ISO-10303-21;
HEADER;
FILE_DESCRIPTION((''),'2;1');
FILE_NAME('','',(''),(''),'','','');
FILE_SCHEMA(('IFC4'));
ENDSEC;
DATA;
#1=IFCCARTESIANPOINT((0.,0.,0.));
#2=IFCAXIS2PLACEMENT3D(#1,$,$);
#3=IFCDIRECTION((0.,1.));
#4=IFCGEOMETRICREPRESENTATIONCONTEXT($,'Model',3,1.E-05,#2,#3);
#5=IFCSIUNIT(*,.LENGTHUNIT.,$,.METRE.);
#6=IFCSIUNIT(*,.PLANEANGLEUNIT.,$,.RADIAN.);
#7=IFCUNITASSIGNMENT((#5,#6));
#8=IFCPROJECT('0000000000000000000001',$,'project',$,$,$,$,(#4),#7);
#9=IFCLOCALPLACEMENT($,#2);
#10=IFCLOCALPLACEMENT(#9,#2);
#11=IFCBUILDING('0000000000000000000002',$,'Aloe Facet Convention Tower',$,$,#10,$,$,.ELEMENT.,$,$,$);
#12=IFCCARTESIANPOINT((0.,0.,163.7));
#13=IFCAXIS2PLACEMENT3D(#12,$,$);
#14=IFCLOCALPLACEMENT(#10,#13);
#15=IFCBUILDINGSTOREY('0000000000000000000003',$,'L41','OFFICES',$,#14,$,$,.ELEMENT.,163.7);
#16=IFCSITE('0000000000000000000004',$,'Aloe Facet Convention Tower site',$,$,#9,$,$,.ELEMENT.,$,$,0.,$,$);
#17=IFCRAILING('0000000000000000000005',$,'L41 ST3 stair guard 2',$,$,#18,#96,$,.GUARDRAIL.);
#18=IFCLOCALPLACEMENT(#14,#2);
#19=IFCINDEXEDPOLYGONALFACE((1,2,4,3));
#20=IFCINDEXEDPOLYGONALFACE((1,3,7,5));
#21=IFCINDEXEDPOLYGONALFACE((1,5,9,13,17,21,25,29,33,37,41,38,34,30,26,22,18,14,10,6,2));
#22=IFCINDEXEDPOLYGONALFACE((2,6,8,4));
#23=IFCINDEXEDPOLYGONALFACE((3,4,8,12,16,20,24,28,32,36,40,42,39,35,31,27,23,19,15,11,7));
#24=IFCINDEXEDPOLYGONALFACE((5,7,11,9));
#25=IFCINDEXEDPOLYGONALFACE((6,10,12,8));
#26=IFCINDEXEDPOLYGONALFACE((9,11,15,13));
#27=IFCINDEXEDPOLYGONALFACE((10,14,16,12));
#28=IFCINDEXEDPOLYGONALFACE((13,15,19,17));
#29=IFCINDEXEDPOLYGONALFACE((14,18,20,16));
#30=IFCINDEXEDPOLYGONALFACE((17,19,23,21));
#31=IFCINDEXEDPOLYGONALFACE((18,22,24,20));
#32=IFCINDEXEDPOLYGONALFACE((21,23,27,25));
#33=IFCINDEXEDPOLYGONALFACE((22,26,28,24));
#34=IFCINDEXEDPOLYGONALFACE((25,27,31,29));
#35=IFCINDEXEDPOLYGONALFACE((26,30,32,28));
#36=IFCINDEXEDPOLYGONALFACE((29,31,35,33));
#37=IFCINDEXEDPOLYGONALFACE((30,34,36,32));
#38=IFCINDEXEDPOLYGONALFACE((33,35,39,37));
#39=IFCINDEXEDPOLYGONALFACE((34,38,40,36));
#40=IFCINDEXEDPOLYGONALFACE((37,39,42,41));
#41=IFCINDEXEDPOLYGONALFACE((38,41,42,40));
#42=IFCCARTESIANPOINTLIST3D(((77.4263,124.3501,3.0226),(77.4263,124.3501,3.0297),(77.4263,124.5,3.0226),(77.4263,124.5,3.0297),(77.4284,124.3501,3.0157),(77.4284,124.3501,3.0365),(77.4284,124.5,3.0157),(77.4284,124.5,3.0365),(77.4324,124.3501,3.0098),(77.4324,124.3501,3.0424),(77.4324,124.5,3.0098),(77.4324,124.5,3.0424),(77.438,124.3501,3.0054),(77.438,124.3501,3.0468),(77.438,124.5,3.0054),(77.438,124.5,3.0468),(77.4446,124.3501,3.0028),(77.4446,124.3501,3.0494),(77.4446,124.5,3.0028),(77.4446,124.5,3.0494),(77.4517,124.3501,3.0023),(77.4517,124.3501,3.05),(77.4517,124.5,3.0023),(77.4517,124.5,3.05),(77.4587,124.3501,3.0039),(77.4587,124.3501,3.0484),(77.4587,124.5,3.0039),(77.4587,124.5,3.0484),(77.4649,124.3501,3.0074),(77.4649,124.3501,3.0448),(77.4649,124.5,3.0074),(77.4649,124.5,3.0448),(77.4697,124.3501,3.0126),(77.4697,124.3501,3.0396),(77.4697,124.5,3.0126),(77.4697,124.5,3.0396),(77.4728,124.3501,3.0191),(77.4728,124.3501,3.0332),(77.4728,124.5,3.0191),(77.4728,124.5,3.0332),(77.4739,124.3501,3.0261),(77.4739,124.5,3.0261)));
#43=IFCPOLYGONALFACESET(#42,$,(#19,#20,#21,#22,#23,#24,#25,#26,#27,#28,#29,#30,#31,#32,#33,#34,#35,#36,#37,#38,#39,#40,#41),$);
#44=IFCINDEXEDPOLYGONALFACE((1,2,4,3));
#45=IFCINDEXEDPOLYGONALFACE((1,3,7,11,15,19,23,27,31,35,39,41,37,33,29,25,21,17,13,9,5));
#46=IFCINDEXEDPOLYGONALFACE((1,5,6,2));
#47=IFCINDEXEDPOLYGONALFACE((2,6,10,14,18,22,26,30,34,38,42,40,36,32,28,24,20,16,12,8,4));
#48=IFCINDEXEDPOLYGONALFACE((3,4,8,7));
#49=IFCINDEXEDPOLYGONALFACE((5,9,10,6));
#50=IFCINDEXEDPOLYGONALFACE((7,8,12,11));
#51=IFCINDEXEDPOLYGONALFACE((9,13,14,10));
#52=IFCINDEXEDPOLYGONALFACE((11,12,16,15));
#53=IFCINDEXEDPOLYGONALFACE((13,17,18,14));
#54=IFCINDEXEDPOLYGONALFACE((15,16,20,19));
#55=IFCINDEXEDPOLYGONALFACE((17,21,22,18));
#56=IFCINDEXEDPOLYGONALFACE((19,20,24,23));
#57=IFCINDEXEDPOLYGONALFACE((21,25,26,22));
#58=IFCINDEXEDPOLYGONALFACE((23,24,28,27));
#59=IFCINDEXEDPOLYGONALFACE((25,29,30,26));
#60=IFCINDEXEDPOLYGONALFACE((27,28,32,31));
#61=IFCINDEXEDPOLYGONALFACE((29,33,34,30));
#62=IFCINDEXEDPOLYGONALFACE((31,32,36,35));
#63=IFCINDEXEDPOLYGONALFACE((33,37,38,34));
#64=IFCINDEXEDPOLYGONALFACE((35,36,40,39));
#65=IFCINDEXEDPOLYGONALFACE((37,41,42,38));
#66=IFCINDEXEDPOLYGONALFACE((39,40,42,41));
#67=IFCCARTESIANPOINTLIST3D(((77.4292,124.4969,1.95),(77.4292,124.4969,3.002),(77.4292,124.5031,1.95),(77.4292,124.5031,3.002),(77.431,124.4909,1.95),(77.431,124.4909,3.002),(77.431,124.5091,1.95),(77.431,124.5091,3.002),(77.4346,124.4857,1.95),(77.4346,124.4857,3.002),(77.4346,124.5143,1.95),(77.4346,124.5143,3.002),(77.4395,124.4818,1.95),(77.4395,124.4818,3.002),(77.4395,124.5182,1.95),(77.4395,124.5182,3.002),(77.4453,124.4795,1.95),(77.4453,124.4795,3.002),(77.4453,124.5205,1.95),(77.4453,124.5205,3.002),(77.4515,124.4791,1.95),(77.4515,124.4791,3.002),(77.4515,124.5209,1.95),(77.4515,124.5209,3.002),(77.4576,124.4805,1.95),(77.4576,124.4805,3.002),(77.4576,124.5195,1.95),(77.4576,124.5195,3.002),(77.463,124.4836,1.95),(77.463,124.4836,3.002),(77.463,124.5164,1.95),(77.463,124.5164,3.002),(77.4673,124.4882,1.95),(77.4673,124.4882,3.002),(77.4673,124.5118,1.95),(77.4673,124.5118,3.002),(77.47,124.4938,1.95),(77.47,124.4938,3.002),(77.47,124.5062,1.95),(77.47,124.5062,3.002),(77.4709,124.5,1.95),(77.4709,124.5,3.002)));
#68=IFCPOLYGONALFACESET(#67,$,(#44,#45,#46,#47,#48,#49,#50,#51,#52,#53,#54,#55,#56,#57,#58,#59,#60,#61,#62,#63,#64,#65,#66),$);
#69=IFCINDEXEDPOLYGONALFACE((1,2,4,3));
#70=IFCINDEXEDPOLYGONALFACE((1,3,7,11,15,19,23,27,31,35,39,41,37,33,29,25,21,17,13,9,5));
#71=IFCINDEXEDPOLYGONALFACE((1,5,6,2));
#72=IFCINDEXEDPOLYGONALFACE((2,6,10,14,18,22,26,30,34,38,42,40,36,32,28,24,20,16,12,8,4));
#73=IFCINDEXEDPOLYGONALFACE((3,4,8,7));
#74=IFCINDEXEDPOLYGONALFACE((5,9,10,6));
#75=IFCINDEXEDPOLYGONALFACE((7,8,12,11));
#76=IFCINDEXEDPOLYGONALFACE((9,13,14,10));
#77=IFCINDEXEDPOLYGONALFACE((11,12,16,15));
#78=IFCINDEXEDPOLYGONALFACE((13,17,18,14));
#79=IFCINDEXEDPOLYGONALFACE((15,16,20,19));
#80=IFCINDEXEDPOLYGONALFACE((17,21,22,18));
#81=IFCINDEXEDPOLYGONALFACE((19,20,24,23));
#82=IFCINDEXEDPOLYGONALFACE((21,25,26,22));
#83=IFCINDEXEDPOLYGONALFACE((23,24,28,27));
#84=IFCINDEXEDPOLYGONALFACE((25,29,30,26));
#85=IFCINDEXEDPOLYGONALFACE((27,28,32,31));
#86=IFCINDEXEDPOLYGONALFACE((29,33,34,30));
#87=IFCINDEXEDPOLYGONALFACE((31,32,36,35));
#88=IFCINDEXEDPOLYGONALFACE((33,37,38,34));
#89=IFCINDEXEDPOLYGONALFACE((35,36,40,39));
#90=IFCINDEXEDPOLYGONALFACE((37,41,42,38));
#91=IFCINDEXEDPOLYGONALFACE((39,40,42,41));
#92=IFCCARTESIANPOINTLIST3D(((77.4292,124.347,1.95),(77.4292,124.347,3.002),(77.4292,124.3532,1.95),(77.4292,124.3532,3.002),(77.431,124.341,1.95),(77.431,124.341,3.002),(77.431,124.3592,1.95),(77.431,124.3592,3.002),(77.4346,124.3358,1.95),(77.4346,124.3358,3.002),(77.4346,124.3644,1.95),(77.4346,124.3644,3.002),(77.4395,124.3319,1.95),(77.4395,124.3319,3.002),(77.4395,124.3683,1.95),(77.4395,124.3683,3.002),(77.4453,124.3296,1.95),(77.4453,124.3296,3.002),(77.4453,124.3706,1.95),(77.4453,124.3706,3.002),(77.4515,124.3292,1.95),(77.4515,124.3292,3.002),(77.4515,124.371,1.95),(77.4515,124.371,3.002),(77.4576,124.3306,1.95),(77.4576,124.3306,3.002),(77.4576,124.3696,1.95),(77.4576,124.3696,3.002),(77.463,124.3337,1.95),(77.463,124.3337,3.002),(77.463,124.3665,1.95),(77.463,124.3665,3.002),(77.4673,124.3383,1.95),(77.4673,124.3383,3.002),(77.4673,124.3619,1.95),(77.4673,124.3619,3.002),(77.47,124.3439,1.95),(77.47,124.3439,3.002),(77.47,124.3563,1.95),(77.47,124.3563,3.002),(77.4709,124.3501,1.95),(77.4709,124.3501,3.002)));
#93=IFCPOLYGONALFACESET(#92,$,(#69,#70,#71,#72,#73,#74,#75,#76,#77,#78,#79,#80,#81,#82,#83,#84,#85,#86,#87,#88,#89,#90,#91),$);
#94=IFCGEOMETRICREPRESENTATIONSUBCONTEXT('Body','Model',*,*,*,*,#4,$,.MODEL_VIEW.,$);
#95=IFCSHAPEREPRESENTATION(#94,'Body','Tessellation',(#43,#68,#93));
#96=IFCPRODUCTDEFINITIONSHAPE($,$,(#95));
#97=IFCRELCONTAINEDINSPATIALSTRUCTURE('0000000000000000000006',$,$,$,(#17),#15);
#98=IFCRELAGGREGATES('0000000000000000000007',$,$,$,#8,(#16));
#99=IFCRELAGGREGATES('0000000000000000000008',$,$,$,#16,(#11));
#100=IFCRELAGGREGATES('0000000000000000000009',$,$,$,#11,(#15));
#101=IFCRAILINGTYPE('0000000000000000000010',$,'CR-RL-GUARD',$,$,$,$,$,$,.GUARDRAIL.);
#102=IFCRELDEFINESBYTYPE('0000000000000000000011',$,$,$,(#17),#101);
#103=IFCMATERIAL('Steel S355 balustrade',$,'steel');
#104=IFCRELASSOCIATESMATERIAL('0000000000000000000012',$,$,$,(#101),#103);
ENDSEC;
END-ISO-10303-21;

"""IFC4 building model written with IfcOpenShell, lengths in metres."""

from ifc_helpers import new_model, si_unit, direction, frame, origin, origin_2d, place, context, subcontext, project, spatial, circle, extrude, material, type_object, element, save


model = new_model("IFC4")

# Units and contexts
model_context = context("Model", 3, precision=1e-05, world=origin(), true_north=direction((0.0, 1.0)))
body_context = subcontext(model_context, "Body", "Model", "MODEL_VIEW")
ifc_project = project(units=[si_unit("LENGTHUNIT", "METRE"), si_unit("PLANEANGLEUNIT", "RADIAN")], contexts=[model_context])

# Site, building, storey
site_placement = place(None, origin())
site = spatial("IfcSite", under=ifc_project, at=site_placement, Name="Aloe Facet Convention Tower site", CompositionType="ELEMENT", RefElevation=0.0)
building_placement = place(site_placement, origin())
building = spatial("IfcBuilding", under=site, at=building_placement, Name="Aloe Facet Convention Tower", CompositionType="ELEMENT")
storey_placement = place(building_placement, frame((0.0, 0.0, 163.7)))
storey = spatial("IfcBuildingStorey", under=building, at=storey_placement, Name="L41", Description="OFFICES", CompositionType="ELEMENT", Elevation=163.7)

# Railing
ifc_material_1 = material(Name="Steel S355 balustrade", Category="steel")
railing_type_1 = type_object("IfcRailingType", Name="CR-RL-GUARD", PredefinedType="GUARDRAIL", material=ifc_material_1)
railing_1_placement = place(storey_placement, frame((77.45, 124.5, 1.95)))
element("IfcRailing", 1, at=railing_1_placement, inside=storey, type_object=railing_type_1, Name="L41 ST3 stair guard 2", PredefinedType="GUARDRAIL", context=body_context, shape_type="SweptSolid", body=[
    extrude(circle(Radius=0.0239, at=origin_2d()), frame((0.0, 0.0, 1.0762), z_axis=(0.0, -1.0, 0.0), x_axis=(1.0, 0.0, 0.0)), (0.0, 0.0, 1.0), 0.1499),
    extrude(circle(Radius=0.021, at=origin_2d()), origin(), (0.0, 0.0, 1.0), 1.052),
    extrude(circle(Radius=0.021, at=origin_2d()), frame((0.0, -0.1499, 0.0)), (0.0, 0.0, 1.0), 1.052),
])

save(model, "model.ifc")
